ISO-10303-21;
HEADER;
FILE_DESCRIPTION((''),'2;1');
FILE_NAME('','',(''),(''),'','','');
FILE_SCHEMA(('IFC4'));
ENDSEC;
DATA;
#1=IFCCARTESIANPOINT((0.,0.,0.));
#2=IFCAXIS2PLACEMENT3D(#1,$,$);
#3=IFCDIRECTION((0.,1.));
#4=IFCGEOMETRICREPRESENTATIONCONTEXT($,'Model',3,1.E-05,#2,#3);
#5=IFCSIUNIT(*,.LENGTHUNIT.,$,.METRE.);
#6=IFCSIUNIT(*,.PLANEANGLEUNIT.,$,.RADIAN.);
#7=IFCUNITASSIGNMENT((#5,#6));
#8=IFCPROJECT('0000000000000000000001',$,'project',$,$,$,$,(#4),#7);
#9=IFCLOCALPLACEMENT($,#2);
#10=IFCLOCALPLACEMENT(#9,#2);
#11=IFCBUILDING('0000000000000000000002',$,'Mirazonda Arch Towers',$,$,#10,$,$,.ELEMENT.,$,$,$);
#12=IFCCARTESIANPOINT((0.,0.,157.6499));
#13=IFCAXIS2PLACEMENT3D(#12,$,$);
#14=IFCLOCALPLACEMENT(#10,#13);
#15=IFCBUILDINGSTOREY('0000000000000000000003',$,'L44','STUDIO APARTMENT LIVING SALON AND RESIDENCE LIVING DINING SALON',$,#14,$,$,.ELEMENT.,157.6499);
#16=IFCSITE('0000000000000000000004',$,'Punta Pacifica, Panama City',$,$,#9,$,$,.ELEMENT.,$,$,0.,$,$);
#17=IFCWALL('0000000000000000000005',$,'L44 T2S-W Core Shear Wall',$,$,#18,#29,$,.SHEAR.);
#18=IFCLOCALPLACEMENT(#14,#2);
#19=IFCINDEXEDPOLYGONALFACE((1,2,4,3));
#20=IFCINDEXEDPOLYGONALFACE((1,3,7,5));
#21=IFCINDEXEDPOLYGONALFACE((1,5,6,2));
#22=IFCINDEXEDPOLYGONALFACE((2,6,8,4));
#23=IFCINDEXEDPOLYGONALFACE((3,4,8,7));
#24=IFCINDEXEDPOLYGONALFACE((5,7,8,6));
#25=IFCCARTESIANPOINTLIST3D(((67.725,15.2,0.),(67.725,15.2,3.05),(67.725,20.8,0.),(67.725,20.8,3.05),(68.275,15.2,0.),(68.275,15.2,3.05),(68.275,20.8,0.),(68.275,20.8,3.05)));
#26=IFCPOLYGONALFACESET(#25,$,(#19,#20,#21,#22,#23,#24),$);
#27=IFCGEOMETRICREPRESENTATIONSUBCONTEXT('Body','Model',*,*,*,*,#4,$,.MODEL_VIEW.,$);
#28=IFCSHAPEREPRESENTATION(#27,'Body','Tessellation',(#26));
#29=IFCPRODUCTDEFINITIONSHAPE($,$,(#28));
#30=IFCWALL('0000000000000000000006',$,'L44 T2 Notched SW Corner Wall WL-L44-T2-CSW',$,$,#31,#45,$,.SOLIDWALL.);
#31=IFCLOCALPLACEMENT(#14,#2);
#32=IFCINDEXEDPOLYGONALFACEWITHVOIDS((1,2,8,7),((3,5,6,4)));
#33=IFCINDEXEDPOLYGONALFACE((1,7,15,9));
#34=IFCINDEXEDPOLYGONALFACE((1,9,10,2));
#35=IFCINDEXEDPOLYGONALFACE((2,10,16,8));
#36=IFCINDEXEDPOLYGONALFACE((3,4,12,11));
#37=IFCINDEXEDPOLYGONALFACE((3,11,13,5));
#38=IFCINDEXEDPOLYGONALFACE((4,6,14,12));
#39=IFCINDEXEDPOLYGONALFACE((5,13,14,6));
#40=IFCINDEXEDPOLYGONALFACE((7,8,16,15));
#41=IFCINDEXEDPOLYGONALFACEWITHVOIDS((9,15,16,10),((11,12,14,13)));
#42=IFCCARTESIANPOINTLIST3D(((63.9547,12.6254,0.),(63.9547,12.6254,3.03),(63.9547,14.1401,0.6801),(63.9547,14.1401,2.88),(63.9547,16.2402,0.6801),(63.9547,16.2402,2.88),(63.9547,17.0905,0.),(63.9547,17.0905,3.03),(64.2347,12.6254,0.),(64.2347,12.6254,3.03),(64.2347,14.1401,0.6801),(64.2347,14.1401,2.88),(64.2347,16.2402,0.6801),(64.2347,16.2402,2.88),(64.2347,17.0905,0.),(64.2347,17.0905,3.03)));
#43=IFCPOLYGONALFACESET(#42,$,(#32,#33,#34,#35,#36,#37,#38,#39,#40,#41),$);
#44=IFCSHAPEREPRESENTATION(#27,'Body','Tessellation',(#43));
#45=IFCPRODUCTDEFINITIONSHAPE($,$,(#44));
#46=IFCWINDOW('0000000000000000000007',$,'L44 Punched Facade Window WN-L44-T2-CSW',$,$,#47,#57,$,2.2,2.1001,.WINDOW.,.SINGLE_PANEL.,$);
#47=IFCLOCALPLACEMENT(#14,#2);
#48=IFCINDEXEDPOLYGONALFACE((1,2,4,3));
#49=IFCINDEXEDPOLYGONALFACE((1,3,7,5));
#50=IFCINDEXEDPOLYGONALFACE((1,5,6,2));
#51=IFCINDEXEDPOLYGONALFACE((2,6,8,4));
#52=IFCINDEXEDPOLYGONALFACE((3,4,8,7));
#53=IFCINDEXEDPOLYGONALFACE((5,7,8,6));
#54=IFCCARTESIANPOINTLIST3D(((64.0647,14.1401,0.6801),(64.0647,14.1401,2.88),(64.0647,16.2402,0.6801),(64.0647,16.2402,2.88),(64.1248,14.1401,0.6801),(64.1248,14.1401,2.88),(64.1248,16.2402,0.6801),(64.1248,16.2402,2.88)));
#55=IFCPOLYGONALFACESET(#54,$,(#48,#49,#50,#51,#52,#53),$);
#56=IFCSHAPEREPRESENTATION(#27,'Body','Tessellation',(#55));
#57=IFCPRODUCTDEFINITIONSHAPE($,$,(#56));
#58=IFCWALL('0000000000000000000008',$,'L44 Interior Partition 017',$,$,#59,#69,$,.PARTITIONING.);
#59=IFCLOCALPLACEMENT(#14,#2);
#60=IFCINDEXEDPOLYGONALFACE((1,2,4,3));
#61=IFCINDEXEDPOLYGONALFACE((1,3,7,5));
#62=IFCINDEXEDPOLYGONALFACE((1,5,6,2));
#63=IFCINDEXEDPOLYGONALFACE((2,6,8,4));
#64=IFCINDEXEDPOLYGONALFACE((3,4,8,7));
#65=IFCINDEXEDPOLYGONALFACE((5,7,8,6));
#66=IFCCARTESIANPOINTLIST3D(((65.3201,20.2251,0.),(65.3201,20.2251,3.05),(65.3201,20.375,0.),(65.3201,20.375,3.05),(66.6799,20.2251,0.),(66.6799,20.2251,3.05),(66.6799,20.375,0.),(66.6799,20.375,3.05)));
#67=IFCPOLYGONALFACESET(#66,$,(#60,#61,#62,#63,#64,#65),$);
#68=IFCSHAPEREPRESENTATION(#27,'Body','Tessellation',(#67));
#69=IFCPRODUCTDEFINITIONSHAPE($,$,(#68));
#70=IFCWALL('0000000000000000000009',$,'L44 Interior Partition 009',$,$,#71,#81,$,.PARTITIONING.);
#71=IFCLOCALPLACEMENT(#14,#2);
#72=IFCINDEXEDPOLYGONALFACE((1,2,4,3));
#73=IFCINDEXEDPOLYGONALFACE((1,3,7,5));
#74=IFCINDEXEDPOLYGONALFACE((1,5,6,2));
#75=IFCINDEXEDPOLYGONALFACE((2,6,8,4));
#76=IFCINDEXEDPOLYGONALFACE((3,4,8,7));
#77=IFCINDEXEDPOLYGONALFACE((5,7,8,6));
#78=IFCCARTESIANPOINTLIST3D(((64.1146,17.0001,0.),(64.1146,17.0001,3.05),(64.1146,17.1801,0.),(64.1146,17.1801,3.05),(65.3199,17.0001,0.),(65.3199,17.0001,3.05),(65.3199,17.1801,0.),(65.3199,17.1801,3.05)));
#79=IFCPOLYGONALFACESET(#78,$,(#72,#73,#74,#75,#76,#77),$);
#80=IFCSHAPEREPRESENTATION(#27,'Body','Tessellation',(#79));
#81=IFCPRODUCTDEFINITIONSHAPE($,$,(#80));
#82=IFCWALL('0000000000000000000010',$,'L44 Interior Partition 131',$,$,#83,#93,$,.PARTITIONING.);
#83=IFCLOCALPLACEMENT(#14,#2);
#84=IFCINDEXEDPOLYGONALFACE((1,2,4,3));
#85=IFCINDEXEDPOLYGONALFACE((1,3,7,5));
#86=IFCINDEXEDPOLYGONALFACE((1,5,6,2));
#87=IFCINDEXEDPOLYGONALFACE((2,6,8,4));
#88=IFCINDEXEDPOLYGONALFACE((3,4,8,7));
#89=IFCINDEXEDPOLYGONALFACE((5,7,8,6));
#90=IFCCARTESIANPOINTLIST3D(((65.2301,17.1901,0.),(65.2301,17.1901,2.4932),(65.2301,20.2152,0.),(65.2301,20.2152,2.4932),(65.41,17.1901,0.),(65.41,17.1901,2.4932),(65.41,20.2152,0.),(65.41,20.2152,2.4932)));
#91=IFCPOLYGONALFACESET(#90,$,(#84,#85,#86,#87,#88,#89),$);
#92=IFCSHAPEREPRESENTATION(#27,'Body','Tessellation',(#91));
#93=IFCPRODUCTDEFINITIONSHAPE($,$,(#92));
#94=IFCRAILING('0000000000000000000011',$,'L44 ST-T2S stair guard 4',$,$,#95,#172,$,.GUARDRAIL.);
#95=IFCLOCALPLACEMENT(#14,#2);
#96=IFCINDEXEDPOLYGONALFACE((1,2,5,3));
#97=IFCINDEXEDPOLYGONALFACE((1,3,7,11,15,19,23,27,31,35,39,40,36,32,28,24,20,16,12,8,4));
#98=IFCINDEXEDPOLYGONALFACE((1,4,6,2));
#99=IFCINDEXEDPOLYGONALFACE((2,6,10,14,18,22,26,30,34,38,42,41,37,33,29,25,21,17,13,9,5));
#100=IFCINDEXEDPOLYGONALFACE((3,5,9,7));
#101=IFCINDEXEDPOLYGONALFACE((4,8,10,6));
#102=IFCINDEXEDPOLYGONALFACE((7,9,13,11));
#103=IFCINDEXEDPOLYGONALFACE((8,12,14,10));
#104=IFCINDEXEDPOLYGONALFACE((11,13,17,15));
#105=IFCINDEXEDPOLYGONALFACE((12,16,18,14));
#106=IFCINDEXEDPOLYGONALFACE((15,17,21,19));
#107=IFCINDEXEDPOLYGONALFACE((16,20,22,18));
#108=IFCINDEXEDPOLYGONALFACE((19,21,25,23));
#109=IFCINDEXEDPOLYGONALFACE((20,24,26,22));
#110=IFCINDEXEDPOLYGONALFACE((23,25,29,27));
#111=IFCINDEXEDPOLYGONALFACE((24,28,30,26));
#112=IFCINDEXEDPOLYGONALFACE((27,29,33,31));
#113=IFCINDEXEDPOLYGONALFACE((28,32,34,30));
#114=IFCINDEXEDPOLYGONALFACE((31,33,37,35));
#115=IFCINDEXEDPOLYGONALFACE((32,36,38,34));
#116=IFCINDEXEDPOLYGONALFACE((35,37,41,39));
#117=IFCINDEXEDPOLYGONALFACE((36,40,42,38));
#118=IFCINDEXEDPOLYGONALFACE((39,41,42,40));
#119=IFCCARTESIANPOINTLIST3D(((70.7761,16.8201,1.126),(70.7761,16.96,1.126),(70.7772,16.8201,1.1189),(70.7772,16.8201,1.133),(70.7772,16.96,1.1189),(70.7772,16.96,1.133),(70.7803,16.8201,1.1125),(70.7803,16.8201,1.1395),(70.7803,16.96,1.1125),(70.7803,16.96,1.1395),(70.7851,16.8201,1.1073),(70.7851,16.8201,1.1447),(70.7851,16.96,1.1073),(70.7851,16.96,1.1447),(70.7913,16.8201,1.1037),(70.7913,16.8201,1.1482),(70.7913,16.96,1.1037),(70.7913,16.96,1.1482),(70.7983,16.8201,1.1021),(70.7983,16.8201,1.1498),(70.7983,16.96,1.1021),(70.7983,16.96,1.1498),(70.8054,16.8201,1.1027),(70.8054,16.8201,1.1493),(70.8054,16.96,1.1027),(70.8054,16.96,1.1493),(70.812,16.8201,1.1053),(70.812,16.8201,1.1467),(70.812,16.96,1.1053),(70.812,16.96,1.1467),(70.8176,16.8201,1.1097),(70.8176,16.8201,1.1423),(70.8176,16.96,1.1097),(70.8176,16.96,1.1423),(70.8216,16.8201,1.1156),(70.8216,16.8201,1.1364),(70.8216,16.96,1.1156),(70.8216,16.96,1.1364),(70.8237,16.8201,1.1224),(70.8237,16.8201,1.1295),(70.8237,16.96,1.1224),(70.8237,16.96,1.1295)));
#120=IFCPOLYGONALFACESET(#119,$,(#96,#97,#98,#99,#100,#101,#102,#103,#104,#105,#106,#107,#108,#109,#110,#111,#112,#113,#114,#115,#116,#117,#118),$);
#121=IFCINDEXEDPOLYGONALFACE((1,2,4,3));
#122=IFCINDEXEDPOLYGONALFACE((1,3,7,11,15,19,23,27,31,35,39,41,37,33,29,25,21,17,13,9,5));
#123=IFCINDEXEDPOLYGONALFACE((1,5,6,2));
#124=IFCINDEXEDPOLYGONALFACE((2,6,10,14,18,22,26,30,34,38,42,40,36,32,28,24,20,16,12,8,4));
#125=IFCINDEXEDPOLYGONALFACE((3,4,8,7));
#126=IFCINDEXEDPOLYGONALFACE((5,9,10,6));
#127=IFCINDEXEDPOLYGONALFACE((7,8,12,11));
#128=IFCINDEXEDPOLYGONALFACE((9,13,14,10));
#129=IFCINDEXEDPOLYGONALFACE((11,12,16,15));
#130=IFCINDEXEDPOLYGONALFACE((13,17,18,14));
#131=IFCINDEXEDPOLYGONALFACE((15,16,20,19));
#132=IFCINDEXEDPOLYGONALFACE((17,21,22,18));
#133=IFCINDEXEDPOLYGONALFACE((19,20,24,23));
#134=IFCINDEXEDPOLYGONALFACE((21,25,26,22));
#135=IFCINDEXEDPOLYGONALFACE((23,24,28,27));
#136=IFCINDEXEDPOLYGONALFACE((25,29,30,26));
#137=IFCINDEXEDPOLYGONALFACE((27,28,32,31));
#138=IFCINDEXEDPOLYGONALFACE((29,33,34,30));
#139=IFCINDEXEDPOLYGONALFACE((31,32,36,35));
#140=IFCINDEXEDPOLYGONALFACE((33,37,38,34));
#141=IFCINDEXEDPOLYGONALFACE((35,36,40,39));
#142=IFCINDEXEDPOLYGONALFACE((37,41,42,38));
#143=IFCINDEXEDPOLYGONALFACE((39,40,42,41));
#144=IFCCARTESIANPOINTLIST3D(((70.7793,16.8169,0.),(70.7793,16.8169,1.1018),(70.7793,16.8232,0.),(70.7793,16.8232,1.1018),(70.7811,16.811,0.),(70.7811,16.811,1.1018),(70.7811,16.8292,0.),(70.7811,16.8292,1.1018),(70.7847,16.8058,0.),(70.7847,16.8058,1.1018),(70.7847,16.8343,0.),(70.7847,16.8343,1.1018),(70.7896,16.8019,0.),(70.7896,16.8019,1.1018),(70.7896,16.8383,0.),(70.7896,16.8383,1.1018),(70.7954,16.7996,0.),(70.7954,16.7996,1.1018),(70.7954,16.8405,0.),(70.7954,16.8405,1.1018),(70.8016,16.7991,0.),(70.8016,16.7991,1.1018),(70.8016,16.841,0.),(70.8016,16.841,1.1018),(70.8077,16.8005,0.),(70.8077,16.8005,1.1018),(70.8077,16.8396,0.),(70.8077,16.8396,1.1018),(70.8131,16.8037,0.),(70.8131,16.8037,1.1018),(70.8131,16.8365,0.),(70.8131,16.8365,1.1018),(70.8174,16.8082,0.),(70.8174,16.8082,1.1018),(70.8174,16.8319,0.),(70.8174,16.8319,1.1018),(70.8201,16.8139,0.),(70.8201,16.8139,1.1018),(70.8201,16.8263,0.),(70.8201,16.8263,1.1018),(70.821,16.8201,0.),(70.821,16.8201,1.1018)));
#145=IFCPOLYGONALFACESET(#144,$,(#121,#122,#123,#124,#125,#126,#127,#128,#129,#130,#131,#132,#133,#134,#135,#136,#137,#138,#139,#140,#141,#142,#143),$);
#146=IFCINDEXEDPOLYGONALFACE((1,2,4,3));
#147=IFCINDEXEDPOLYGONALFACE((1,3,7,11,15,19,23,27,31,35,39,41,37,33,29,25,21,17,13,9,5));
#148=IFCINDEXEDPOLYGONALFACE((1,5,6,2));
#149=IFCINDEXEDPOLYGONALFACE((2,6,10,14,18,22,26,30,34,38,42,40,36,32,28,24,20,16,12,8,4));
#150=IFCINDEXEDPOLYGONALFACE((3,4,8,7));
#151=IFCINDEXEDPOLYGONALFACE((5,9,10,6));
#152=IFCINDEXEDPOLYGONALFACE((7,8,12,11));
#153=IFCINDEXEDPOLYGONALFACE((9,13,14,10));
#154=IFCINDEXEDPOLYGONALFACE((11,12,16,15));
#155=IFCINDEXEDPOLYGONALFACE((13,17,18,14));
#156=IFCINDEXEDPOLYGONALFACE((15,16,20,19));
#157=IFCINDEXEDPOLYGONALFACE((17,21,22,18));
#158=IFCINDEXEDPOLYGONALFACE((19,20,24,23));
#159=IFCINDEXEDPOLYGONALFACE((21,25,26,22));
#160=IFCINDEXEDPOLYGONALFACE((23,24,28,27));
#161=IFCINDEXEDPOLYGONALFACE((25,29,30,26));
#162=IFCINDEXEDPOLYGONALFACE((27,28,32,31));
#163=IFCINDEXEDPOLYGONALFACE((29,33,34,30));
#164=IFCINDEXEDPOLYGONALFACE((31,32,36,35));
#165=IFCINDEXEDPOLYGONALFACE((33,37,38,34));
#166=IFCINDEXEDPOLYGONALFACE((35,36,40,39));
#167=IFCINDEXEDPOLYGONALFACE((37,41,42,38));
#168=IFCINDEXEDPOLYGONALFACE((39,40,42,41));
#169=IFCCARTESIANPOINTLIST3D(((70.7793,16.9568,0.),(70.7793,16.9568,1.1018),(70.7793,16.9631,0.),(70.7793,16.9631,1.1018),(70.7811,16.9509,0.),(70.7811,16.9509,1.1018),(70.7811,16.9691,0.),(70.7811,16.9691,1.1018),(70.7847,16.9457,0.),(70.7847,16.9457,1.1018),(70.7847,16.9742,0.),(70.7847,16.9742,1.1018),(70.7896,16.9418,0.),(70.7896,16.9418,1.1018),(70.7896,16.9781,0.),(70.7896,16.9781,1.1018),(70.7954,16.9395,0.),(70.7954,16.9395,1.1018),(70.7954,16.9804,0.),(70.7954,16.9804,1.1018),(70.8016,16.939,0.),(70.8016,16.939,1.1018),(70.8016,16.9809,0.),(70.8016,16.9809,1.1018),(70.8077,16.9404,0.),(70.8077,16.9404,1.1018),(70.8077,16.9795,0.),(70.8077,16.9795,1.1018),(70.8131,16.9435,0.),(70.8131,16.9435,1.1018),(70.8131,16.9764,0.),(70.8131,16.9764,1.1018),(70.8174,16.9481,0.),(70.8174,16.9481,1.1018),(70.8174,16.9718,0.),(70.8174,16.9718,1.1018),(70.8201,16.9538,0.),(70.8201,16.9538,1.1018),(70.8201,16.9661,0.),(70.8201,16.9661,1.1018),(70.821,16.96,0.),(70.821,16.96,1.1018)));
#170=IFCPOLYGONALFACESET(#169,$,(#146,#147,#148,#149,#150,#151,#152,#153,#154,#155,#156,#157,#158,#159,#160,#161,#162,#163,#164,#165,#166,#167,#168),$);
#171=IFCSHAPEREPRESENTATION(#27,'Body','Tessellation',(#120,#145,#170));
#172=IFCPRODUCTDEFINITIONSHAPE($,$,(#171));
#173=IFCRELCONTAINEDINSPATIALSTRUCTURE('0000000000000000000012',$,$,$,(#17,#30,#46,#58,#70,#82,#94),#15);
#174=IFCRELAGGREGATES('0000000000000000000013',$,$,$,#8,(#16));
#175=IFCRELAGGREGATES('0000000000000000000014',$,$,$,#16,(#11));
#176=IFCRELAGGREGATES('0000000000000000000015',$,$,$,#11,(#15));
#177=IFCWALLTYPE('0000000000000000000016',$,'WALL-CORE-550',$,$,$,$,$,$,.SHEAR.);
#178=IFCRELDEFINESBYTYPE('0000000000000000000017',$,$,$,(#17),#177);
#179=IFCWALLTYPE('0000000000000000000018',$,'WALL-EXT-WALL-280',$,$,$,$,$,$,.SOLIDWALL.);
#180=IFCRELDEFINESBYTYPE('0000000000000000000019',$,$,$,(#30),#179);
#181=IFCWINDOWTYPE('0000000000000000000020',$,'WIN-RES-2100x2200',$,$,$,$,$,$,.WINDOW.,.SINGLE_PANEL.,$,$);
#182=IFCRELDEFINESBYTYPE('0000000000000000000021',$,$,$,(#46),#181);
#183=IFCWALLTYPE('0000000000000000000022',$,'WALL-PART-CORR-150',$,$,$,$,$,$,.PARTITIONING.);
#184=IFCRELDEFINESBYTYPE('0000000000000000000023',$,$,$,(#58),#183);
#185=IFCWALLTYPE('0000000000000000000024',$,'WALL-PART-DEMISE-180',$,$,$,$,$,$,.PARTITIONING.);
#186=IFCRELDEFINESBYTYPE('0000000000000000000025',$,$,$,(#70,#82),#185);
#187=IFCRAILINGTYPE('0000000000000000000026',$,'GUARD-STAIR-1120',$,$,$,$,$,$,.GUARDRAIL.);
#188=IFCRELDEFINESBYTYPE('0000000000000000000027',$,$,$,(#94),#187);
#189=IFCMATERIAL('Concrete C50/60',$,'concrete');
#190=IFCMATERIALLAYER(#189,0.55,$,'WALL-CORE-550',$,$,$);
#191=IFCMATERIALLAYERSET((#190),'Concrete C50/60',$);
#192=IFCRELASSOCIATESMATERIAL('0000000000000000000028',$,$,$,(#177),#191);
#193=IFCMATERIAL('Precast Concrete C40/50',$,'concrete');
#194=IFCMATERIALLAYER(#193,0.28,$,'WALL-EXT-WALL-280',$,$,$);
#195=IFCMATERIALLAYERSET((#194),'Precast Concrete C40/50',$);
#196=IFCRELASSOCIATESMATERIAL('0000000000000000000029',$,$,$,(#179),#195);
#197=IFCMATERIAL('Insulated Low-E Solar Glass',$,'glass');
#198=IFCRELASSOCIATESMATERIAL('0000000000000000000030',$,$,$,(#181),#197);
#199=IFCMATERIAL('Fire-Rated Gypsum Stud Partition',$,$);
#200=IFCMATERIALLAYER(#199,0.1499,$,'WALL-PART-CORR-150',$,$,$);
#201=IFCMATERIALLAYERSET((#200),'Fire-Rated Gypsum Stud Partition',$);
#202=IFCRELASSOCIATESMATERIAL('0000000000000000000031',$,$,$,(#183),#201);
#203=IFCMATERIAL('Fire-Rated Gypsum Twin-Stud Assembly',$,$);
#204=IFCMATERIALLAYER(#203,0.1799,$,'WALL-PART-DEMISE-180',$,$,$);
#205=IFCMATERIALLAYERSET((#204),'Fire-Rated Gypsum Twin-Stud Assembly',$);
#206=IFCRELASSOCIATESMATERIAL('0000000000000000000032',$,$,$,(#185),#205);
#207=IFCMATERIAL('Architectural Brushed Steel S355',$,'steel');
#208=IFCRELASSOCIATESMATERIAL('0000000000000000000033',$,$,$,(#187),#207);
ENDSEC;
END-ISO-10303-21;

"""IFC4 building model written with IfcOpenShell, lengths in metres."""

from ifc_helpers import new_model, si_unit, direction, frame, frame_2d, origin, origin_2d, place, context, subcontext, project, spatial, rectangle, circle, extrude, material, layer, layer_set, type_object, element, fill, save


model = new_model("IFC4")

# Units and contexts
model_context = context("Model", 3, precision=1e-05, world=origin(), true_north=direction((0.0, 1.0)))
body_context = subcontext(model_context, "Body", "Model", "MODEL_VIEW")
ifc_project = project(units=[si_unit("LENGTHUNIT", "METRE"), si_unit("PLANEANGLEUNIT", "RADIAN")], contexts=[model_context])

# Site, building, storey
site_placement = place(None, origin())
site = spatial("IfcSite", under=ifc_project, at=site_placement, Name="Punta Pacifica, Panama City", CompositionType="ELEMENT", RefElevation=0.0)
building_placement = place(site_placement, origin())
building = spatial("IfcBuilding", under=site, at=building_placement, Name="Mirazonda Arch Towers", CompositionType="ELEMENT")
storey_placement = place(building_placement, frame((0.0, 0.0, 157.6499)))
storey = spatial("IfcBuildingStorey", under=building, at=storey_placement, Name="L44", Description="STUDIO APARTMENT LIVING SALON AND RESIDENCE LIVING DINING SALON", CompositionType="ELEMENT", Elevation=157.6499)

# Shared definitions
ifc_material_1 = material(Name="Concrete C50/60", Category="concrete")

# Shared definitions
ifc_material_2 = material(Name="Insulated Low-E Solar Glass", Category="glass")

# Shared definitions
ifc_material_3 = material(Name="Architectural Brushed Steel S355", Category="steel")

# Wall
ifc_layer_1 = layer(ifc_material_1, 0.55, Name="WALL-CORE-550")
ifc_layer_set_1 = layer_set([ifc_layer_1], Name="Concrete C50/60")
wall_type_1 = type_object("IfcWallType", Name="WALL-CORE-550", PredefinedType="SHEAR", material=ifc_layer_set_1)
wall_1_placement = place(storey_placement, frame((68.0, 15.2, 0.0), z_axis=(0.0, 0.0, 1.0), x_axis=(0.0, 1.0, 0.0)))
element("IfcWall", 1, at=wall_1_placement, inside=storey, type_object=wall_type_1, Name="L44 T2S-W Core Shear Wall", PredefinedType="SHEAR", context=body_context, shape_type="SweptSolid", body=[
    extrude(rectangle(XDim=5.6001, YDim=0.55, at=frame_2d((2.8, 0.0))), origin(), (0.0, 0.0, 1.0), 3.05),
])

# Wall, opening, window
ifc_material_4 = material(Name="Precast Concrete C40/50", Category="concrete")
ifc_layer_2 = layer(ifc_material_4, 0.28, Name="WALL-EXT-WALL-280")
ifc_layer_set_2 = layer_set([ifc_layer_2], Name="Precast Concrete C40/50")
wall_type_2 = type_object("IfcWallType", Name="WALL-EXT-WALL-280", PredefinedType="SOLIDWALL", material=ifc_layer_set_2)
wall_2_placement = place(storey_placement, frame((64.0947, 17.0903, 0.0), z_axis=(0.0, 0.0, 1.0), x_axis=(0.0, -1.0, 0.0)))
wall_2 = element("IfcWall", 2, at=wall_2_placement, inside=storey, type_object=wall_type_2, Name="L44 T2 Notched SW Corner Wall WL-L44-T2-CSW", PredefinedType="SOLIDWALL", context=body_context, shape_type="SweptSolid", body=[
    extrude(rectangle(XDim=4.4651, YDim=0.28, at=frame_2d((2.2324, 0.0))), origin(), (0.0, 0.0, 1.0), 3.03),
])
opening_1_placement = place(wall_2_placement, frame((0.8501, 0.0, 0.6799)))
opening_1 = element("IfcOpeningElement", 3, at=opening_1_placement, cuts=wall_2, PredefinedType="OPENING", context=body_context, shape_type="SweptSolid", body=[
    extrude(rectangle(XDim=2.1001, YDim=2.2, at=frame_2d((1.05, 1.1001))), frame((0.0, 0.1499, 0.0), z_axis=(0.0, -1.0, 0.0), x_axis=(1.0, 0.0, 0.0)), (0.0, 0.0, 1.0), 0.3),
])
window_type = type_object("IfcWindowType", Name="WIN-RES-2100x2200", PartitioningType="SINGLE_PANEL", PredefinedType="WINDOW", material=ifc_material_2)
window_placement = place(opening_1_placement, origin())
window = element("IfcWindow", 4, at=window_placement, inside=storey, type_object=window_type, Name="L44 Punched Facade Window WN-L44-T2-CSW", OverallHeight=2.2, OverallWidth=2.1001, PartitioningType="SINGLE_PANEL", PredefinedType="WINDOW", context=body_context, shape_type="SweptSolid", body=[
    extrude(rectangle(XDim=2.1001, YDim=2.2, at=frame_2d((1.05, 1.1001))), frame((0.0, 0.03, 0.0), z_axis=(0.0, -1.0, 0.0), x_axis=(1.0, 0.0, 0.0)), (0.0, 0.0, 1.0), 0.0601),
])
fill(opening_1, window)

# Walls
ifc_material_5 = material(Name="Fire-Rated Gypsum Stud Partition")
ifc_layer_3 = layer(ifc_material_5, 0.1499, Name="WALL-PART-CORR-150")
ifc_layer_set_3 = layer_set([ifc_layer_3], Name="Fire-Rated Gypsum Stud Partition")
wall_type_3 = type_object("IfcWallType", Name="WALL-PART-CORR-150", PredefinedType="PARTITIONING", material=ifc_layer_set_3)
wall_3_placement = place(storey_placement, frame((65.3201, 20.3, 0.0), z_axis=(0.0, 0.0, 1.0), x_axis=(1.0, 0.0, 0.0)))
element("IfcWall", 5, at=wall_3_placement, inside=storey, type_object=wall_type_3, Name="L44 Interior Partition 017", PredefinedType="PARTITIONING", context=body_context, shape_type="SweptSolid", body=[
    extrude(rectangle(XDim=1.3599, YDim=0.1499, at=frame_2d((0.6799, 0.0))), origin(), (0.0, 0.0, 1.0), 3.05),
])
ifc_material_6 = material(Name="Fire-Rated Gypsum Twin-Stud Assembly")
ifc_layer_4 = layer(ifc_material_6, 0.1799, Name="WALL-PART-DEMISE-180")
ifc_layer_set_4 = layer_set([ifc_layer_4], Name="Fire-Rated Gypsum Twin-Stud Assembly")
wall_type_4 = type_object("IfcWallType", Name="WALL-PART-DEMISE-180", PredefinedType="PARTITIONING", material=ifc_layer_set_4)
wall_4_placement = place(storey_placement, frame((64.1147, 17.0901, 0.0), z_axis=(0.0, 0.0, 1.0), x_axis=(1.0, 0.0, 0.0)))
element("IfcWall", 6, at=wall_4_placement, inside=storey, type_object=wall_type_4, Name="L44 Interior Partition 009", PredefinedType="PARTITIONING", context=body_context, shape_type="SweptSolid", body=[
    extrude(rectangle(XDim=1.2053, YDim=0.1799, at=frame_2d((0.6025, 0.0))), origin(), (0.0, 0.0, 1.0), 3.05),
])
wall_5_placement = place(storey_placement, frame((65.3201, 17.1899, 0.0), z_axis=(0.0, 0.0, 1.0), x_axis=(0.0, 1.0, 0.0)))
element("IfcWall", 7, at=wall_5_placement, inside=storey, type_object=wall_type_4, Name="L44 Interior Partition 131", PredefinedType="PARTITIONING", context=body_context, shape_type="SweptSolid", body=[
    extrude(rectangle(XDim=3.0251, YDim=0.1799, at=frame_2d((1.5127, 0.0))), origin(), (0.0, 0.0, 1.0), 2.4932),
])

# Railing
railing_type = type_object("IfcRailingType", Name="GUARD-STAIR-1120", PredefinedType="GUARDRAIL", material=ifc_material_3)
railing_placement = place(storey_placement, frame((70.8, 16.8201, 0.0)))
element("IfcRailing", 8, at=railing_placement, inside=storey, type_object=railing_type, Name="L44 ST-T2S stair guard 4", PredefinedType="GUARDRAIL", context=body_context, shape_type="SweptSolid", body=[
    extrude(circle(Radius=0.0239, at=origin_2d()), frame((0.0, 0.0, 1.126), z_axis=(0.0, 1.0, 0.0), x_axis=(-1.0, 0.0, 0.0)), (0.0, 0.0, 1.0), 0.1399),
    extrude(circle(Radius=0.021, at=origin_2d()), origin(), (0.0, 0.0, 1.0), 1.1018),
    extrude(circle(Radius=0.021, at=origin_2d()), frame((0.0, 0.1399, 0.0)), (0.0, 0.0, 1.0), 1.1018),
])

save(model, "model.ifc")
